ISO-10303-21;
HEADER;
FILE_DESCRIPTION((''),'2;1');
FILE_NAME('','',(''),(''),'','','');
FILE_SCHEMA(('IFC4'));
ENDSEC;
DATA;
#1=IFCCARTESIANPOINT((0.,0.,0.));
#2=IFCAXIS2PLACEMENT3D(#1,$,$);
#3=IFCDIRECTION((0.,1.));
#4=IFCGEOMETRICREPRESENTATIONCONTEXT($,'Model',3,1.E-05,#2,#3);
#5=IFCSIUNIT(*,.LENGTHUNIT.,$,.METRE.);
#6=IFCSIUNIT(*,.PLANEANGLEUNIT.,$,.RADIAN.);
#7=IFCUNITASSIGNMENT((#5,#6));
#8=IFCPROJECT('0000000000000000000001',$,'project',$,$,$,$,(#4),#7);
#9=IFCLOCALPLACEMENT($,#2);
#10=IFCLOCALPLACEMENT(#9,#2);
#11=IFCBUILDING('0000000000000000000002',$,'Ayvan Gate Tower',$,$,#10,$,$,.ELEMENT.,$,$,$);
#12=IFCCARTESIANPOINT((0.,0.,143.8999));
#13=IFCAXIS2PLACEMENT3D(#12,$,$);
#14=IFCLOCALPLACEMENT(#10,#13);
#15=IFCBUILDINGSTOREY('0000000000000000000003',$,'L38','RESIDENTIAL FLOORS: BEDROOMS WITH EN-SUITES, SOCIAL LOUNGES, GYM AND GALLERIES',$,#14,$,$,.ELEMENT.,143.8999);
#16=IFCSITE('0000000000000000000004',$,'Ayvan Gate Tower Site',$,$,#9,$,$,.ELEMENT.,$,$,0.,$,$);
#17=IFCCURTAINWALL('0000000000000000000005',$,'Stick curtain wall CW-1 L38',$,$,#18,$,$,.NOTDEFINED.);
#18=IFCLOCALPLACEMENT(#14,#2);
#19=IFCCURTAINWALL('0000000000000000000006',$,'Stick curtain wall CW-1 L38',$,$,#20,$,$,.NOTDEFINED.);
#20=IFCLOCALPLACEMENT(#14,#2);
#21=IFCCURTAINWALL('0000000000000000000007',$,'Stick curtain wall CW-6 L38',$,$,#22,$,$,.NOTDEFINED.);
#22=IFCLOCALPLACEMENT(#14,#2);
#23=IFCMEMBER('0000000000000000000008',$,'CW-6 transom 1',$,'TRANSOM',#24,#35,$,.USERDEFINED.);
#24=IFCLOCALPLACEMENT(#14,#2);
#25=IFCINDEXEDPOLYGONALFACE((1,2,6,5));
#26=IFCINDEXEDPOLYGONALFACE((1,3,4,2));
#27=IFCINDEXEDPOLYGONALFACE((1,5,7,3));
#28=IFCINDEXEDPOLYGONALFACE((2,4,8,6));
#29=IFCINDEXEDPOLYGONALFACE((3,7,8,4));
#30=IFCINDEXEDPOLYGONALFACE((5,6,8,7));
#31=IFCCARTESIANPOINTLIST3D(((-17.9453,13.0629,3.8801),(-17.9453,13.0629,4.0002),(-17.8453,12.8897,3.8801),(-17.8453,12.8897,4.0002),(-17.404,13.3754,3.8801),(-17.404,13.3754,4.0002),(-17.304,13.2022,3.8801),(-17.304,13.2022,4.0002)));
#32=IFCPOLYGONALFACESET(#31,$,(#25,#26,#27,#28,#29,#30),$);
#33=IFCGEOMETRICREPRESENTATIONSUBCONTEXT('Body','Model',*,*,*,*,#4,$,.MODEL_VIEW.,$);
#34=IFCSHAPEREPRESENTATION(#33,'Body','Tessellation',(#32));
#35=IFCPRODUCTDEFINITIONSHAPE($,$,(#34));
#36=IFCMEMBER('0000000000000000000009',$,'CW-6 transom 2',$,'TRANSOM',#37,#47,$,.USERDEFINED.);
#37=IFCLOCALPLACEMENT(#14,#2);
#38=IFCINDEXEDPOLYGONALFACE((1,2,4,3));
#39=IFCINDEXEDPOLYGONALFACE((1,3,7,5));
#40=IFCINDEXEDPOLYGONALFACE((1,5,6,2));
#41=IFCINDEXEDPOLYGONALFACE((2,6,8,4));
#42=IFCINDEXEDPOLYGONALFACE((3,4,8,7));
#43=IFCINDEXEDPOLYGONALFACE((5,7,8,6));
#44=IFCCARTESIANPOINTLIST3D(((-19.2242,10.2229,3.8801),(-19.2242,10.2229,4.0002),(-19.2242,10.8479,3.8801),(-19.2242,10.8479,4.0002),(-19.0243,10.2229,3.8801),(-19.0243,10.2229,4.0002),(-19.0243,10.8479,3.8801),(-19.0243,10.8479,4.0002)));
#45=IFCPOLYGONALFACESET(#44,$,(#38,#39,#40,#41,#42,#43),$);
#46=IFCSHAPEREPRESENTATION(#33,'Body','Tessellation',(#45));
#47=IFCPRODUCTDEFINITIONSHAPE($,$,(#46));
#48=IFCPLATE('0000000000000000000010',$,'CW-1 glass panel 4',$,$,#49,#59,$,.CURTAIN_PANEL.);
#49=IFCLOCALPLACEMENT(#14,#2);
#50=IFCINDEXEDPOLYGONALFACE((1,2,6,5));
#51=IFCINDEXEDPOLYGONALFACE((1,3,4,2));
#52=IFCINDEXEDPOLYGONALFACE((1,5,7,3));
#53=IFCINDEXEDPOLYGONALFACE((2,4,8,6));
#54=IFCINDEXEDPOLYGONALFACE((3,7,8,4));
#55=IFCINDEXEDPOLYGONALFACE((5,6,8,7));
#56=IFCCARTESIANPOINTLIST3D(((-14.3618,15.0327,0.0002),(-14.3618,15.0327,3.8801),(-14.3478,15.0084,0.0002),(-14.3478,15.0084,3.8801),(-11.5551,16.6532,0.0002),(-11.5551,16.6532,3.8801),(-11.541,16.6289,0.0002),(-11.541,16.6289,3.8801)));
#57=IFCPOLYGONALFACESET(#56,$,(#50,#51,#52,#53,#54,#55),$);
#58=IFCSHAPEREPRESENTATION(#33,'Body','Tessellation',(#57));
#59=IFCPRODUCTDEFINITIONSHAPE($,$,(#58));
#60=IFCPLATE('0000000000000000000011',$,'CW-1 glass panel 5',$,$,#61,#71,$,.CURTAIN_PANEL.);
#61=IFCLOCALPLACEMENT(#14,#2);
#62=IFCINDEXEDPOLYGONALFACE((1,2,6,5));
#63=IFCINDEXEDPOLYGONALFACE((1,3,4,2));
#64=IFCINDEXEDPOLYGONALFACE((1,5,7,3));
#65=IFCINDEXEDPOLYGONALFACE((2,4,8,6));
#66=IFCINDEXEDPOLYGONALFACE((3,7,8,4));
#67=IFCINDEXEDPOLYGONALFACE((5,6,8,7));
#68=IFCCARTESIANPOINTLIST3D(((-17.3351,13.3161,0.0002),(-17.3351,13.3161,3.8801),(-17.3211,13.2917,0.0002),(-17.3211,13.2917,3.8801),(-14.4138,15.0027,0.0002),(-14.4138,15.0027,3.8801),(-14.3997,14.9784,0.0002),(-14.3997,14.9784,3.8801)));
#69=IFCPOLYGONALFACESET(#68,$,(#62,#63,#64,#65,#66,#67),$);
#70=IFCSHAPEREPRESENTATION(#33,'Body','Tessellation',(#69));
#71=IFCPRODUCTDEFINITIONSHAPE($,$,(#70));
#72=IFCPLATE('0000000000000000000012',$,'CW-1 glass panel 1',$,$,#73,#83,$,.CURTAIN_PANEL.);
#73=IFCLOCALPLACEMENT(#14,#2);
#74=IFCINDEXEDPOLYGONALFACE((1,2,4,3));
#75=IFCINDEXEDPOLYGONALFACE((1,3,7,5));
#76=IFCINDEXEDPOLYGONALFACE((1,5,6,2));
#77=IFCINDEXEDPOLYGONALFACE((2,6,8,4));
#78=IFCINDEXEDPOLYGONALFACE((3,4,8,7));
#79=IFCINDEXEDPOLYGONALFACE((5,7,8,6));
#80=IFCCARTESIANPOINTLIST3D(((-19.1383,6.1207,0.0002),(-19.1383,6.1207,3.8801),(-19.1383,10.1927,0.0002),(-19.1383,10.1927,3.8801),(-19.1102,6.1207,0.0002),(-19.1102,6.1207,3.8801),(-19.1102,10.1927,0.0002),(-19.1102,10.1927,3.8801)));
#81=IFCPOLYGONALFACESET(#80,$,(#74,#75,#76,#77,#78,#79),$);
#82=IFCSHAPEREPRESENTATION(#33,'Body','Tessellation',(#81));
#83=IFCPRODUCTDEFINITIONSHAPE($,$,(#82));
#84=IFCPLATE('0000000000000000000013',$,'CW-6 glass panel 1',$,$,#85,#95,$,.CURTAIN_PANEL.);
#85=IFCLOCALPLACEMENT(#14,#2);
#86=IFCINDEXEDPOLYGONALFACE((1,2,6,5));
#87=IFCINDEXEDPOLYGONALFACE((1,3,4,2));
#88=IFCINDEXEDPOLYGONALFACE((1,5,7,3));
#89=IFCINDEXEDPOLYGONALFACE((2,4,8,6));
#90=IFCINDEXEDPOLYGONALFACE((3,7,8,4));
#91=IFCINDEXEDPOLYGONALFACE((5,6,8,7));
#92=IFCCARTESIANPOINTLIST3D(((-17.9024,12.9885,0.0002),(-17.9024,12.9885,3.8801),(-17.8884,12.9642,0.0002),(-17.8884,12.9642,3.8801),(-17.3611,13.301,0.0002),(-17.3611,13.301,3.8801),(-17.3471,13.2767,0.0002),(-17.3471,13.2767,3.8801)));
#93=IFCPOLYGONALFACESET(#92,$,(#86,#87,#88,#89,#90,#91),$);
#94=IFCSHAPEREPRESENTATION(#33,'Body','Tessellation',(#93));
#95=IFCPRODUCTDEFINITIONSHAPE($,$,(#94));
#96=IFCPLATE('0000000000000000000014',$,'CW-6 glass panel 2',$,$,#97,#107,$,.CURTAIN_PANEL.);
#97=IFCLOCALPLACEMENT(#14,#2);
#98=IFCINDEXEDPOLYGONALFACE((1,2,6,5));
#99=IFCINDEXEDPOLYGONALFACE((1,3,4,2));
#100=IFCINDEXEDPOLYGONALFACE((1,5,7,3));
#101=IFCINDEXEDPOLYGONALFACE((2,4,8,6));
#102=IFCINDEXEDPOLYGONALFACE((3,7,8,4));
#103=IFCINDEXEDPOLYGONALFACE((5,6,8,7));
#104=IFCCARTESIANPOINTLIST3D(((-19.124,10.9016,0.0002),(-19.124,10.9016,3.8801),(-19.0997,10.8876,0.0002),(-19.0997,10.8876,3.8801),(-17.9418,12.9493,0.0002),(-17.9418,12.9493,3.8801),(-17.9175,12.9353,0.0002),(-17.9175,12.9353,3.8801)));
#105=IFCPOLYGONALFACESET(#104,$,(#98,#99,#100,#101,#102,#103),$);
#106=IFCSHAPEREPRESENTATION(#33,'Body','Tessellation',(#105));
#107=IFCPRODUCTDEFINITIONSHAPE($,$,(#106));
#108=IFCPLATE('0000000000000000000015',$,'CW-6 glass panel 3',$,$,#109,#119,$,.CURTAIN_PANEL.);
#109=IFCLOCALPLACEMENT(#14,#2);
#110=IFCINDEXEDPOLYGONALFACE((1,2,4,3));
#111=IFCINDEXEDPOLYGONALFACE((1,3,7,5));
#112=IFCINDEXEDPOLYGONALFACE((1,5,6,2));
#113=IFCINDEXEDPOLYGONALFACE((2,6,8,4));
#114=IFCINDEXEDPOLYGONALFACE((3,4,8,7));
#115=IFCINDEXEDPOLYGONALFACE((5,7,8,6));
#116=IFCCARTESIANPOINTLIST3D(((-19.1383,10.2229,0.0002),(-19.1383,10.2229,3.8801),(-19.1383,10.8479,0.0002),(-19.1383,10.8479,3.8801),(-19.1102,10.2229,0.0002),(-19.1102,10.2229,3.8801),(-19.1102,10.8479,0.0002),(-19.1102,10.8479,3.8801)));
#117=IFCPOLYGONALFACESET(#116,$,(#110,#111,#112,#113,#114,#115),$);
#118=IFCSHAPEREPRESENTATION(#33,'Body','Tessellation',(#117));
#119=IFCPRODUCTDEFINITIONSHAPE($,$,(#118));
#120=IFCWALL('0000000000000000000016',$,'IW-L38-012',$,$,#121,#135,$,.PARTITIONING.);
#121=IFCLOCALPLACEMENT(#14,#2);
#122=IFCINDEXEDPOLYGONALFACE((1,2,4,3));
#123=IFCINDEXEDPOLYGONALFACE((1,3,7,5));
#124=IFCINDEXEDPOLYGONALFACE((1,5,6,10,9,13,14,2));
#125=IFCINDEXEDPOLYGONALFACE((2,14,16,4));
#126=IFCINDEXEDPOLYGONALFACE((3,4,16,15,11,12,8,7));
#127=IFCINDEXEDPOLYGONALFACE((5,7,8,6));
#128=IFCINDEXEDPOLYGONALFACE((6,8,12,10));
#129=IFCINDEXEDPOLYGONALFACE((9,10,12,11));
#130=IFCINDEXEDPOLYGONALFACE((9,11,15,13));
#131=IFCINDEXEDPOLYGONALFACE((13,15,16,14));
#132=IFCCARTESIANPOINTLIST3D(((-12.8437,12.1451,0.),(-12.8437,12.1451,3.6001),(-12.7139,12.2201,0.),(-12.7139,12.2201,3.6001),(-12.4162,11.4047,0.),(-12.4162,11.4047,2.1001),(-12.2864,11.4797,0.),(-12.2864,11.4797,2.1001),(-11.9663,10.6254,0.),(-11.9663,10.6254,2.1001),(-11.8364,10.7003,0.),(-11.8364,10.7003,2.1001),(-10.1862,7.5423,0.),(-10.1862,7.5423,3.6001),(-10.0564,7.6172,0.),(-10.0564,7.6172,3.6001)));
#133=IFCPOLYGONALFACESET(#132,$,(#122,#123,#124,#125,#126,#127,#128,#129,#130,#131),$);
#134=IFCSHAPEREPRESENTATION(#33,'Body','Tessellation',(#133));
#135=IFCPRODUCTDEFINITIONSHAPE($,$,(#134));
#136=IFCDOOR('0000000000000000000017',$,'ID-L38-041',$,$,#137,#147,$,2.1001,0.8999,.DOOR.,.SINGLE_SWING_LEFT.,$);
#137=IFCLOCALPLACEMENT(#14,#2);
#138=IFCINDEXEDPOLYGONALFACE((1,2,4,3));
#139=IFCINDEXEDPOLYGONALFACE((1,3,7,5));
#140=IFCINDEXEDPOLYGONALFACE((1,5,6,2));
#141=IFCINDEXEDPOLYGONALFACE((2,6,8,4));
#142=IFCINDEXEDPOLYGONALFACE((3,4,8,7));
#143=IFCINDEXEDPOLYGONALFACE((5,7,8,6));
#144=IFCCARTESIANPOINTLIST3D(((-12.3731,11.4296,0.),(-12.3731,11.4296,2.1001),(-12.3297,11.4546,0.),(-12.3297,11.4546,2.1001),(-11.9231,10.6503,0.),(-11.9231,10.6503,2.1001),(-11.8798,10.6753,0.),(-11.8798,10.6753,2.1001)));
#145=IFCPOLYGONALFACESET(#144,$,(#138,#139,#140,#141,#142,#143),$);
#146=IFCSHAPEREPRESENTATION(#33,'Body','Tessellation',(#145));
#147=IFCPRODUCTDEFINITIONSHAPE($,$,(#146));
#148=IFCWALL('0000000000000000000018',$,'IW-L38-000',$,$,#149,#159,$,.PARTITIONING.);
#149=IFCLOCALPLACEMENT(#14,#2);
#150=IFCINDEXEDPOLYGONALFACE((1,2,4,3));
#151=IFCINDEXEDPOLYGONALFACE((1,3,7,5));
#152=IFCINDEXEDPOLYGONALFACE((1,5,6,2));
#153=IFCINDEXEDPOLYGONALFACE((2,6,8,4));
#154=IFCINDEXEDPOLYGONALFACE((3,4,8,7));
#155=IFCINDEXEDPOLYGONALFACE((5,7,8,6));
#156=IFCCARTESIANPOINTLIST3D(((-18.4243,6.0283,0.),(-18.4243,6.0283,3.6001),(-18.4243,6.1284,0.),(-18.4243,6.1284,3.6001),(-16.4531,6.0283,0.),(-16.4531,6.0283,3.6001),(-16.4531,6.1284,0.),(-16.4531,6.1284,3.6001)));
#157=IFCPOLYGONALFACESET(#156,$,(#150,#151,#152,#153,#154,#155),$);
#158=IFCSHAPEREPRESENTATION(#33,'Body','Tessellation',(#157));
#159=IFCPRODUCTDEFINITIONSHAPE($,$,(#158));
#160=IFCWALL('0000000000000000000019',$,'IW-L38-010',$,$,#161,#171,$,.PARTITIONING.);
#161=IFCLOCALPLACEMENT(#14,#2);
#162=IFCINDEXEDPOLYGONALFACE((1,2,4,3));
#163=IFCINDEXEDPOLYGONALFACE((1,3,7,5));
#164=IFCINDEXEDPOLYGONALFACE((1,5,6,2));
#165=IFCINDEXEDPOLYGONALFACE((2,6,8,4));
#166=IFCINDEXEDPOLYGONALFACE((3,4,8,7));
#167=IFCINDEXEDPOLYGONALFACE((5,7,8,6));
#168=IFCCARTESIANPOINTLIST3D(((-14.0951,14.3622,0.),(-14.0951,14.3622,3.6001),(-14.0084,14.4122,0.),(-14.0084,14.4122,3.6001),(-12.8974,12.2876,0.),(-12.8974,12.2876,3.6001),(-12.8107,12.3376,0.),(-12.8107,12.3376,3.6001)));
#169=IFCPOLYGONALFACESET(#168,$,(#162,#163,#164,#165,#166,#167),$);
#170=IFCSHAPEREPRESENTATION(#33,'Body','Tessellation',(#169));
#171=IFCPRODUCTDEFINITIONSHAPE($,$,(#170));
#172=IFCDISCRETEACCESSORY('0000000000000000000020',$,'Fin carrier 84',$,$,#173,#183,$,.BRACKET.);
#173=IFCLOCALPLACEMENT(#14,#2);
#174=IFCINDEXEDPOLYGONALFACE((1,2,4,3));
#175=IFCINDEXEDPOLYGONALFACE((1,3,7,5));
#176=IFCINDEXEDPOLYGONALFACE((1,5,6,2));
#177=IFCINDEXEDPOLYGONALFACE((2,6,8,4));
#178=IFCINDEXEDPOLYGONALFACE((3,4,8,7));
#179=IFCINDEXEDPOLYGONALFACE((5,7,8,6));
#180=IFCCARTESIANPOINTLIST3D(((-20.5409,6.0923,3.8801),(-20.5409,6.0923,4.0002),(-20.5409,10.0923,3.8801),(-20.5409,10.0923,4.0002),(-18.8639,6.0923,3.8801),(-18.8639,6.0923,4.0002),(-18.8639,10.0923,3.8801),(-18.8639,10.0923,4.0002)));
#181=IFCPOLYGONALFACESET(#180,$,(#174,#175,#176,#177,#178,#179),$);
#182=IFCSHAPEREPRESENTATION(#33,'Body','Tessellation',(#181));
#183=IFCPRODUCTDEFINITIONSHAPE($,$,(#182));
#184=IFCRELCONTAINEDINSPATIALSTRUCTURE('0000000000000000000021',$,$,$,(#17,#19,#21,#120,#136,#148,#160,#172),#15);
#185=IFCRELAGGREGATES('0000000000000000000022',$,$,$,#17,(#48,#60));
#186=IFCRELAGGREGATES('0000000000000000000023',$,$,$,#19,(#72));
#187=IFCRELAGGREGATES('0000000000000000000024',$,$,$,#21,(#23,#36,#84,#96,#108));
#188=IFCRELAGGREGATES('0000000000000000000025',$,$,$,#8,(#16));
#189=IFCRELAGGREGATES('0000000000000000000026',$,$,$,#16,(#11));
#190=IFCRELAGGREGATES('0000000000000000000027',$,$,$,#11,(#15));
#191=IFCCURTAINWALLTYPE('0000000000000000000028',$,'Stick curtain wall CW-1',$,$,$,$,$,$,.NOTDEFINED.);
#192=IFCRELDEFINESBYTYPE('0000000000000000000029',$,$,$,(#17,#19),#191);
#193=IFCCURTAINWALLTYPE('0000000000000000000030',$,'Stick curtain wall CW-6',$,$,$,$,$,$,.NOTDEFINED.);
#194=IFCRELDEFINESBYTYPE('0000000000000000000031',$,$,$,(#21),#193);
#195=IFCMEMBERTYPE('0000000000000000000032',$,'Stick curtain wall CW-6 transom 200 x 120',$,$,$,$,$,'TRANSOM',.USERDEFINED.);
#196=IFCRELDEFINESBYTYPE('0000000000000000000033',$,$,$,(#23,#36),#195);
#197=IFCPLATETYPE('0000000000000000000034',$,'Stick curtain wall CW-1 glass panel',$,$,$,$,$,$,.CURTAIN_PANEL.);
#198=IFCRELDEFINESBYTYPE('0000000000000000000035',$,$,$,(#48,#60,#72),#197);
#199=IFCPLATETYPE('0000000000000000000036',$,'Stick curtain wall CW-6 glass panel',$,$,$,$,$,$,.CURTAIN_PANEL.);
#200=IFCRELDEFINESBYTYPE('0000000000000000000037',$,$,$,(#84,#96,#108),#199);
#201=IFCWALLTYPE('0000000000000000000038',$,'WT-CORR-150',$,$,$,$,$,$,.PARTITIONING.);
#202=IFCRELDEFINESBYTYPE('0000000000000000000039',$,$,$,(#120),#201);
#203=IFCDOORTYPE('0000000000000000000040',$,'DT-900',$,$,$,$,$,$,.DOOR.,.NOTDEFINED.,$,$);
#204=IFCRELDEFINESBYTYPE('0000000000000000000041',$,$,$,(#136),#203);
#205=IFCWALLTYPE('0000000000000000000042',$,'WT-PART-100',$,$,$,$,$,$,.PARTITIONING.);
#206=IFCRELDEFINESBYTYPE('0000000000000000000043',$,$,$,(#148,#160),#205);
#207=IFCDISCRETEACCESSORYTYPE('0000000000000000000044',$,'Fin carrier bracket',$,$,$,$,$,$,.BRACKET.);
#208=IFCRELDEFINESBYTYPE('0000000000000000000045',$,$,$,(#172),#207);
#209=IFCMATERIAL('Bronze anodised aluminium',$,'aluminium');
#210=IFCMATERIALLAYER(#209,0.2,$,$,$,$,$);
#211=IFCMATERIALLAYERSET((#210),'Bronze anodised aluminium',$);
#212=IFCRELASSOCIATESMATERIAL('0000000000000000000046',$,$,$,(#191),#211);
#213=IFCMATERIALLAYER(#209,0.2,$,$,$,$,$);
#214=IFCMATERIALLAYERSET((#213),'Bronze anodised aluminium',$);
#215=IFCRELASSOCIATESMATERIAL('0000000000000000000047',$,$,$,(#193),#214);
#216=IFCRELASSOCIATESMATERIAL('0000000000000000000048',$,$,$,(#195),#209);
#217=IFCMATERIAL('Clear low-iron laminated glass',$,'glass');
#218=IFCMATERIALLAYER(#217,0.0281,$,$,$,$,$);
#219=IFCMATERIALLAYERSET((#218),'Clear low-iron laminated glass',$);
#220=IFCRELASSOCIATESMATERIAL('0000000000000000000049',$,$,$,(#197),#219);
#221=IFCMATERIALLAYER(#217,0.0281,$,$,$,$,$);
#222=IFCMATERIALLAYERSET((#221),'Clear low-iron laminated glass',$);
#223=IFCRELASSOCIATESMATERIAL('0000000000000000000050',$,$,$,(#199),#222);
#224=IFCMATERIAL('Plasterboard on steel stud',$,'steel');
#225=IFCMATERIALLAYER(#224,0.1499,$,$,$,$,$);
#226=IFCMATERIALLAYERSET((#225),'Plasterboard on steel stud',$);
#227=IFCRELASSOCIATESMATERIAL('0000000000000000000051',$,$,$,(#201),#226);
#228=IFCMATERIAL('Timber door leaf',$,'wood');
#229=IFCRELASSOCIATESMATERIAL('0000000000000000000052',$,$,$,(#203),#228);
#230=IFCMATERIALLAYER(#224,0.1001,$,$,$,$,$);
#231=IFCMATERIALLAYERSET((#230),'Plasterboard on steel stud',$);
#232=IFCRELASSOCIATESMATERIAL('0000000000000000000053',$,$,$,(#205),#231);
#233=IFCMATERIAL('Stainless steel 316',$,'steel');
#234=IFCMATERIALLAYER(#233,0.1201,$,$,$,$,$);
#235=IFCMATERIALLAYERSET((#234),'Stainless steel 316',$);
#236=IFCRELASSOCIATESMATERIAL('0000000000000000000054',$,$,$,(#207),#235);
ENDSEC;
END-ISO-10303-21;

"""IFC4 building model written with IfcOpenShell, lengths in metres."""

from ifc_helpers import new_model, si_unit, direction, frame, frame_2d, origin, origin_2d, place, context, subcontext, project, spatial, rectangle, extrude, material, layer, layer_set, material_profile, profile_set, type_object, element, fill, aggregate, save


model = new_model("IFC4")

# Units and contexts
model_context = context("Model", 3, precision=1e-05, world=origin(), true_north=direction((0.0, 1.0)))
body_context = subcontext(model_context, "Body", "Model", "MODEL_VIEW")
ifc_project = project(units=[si_unit("LENGTHUNIT", "METRE"), si_unit("PLANEANGLEUNIT", "RADIAN")], contexts=[model_context])

# Site, building, storey
site_placement = place(None, origin())
site = spatial("IfcSite", under=ifc_project, at=site_placement, Name="Ayvan Gate Tower Site", CompositionType="ELEMENT", RefElevation=0.0)
building_placement = place(site_placement, origin())
building = spatial("IfcBuilding", under=site, at=building_placement, Name="Ayvan Gate Tower", CompositionType="ELEMENT")
storey_placement = place(building_placement, frame((0.0, 0.0, 143.8999)))
storey = spatial("IfcBuildingStorey", under=building, at=storey_placement, Name="L38", Description="RESIDENTIAL FLOORS: BEDROOMS WITH EN-SUITES, SOCIAL LOUNGES, GYM AND GALLERIES", CompositionType="ELEMENT", Elevation=143.8999)

# Curtain walls, members
ifc_material_1 = material(Name="Bronze anodised aluminium", Category="aluminium")
ifc_layer_1 = layer(ifc_material_1, 0.2)
ifc_layer_set_1 = layer_set([ifc_layer_1], Name="Bronze anodised aluminium")
curtain_wall_type_1 = type_object("IfcCurtainWallType", Name="Stick curtain wall CW-1", PredefinedType="NOTDEFINED", material=ifc_layer_set_1)
curtain_wall_1_placement = place(storey_placement, origin())
curtain_wall_1 = element("IfcCurtainWall", 1, at=curtain_wall_1_placement, inside=storey, type_object=curtain_wall_type_1, Name="Stick curtain wall CW-1 L38", PredefinedType="NOTDEFINED")
curtain_wall_2_placement = place(storey_placement, origin())
curtain_wall_2 = element("IfcCurtainWall", 2, at=curtain_wall_2_placement, inside=storey, type_object=curtain_wall_type_1, Name="Stick curtain wall CW-1 L38", PredefinedType="NOTDEFINED")
ifc_layer_2 = layer(ifc_material_1, 0.2)
ifc_layer_set_2 = layer_set([ifc_layer_2], Name="Bronze anodised aluminium")
curtain_wall_type_2 = type_object("IfcCurtainWallType", Name="Stick curtain wall CW-6", PredefinedType="NOTDEFINED", material=ifc_layer_set_2)
curtain_wall_3_placement = place(storey_placement, origin())
curtain_wall_3 = element("IfcCurtainWall", 3, at=curtain_wall_3_placement, inside=storey, type_object=curtain_wall_type_2, Name="Stick curtain wall CW-6 L38", PredefinedType="NOTDEFINED")
ifc_material_profile_1 = material_profile(ifc_material_1, rectangle(XDim=0.2, YDim=0.1201, at=origin_2d()), Name="Stick curtain wall CW-6 transom 200 x 120")
ifc_profile_set_1 = profile_set([ifc_material_profile_1], Name="Bronze anodised aluminium")
member_type_1 = type_object("IfcMemberType", Name="Stick curtain wall CW-6 transom 200 x 120", ElementType="TRANSOM", PredefinedType="USERDEFINED", material=ifc_profile_set_1)
member_1_placement = place(storey_placement, frame((-17.354, 13.2888, 3.9402), z_axis=(-0.866023, -0.500004, 0.0), x_axis=(0.500004, -0.866023, 0.0)))
member_1 = element("IfcMember", 4, at=member_1_placement, type_object=member_type_1, Name="CW-6 transom 1", ObjectType="TRANSOM", PredefinedType="USERDEFINED", context=body_context, shape_type="SweptSolid", body=[
    extrude(rectangle(XDim=0.2, YDim=0.1201, at=origin_2d()), origin(), (0.0, 0.0, 1.0), 0.625),
])
member_2_placement = place(storey_placement, frame((-19.1243, 10.8479, 3.9402), z_axis=(0.0, -1.0, 0.0), x_axis=(1.0, 0.0, 0.0)))
member_2 = element("IfcMember", 5, at=member_2_placement, type_object=member_type_1, Name="CW-6 transom 2", ObjectType="TRANSOM", PredefinedType="USERDEFINED", context=body_context, shape_type="SweptSolid", body=[
    extrude(rectangle(XDim=0.2, YDim=0.1201, at=origin_2d()), origin(), (0.0, 0.0, 1.0), 0.625),
])

# Plates
ifc_material_2 = material(Name="Clear low-iron laminated glass", Category="glass")
ifc_layer_3 = layer(ifc_material_2, 0.0281)
ifc_layer_set_3 = layer_set([ifc_layer_3], Name="Clear low-iron laminated glass")
plate_type_1 = type_object("IfcPlateType", Name="Stick curtain wall CW-1 glass panel", PredefinedType="CURTAIN_PANEL", material=ifc_layer_set_3)
plate_1_placement = place(storey_placement, frame((-12.9514, 15.8308, 0.0002), z_axis=(0.0, 0.0, 1.0), x_axis=(-0.866025, -0.5, 0.0)))
plate_1 = element("IfcPlate", 6, at=plate_1_placement, type_object=plate_type_1, Name="CW-1 glass panel 4", PredefinedType="CURTAIN_PANEL", context=body_context, shape_type="SweptSolid", body=[
    extrude(rectangle(XDim=3.241, YDim=0.0281, at=origin_2d()), origin(), (0.0, 0.0, 1.0), 3.8799),
])
plate_2_placement = place(storey_placement, frame((-15.8674, 14.1472, 0.0002), z_axis=(0.0, 0.0, 1.0), x_axis=(-0.866025, -0.5, 0.0)))
plate_2 = element("IfcPlate", 7, at=plate_2_placement, type_object=plate_type_1, Name="CW-1 glass panel 5", PredefinedType="CURTAIN_PANEL", context=body_context, shape_type="SweptSolid", body=[
    extrude(rectangle(XDim=3.3733, YDim=0.0281, at=origin_2d()), origin(), (0.0, 0.0, 1.0), 3.8799),
])
aggregate(curtain_wall_1, [plate_1, plate_2])
plate_3_placement = place(storey_placement, frame((-19.1243, 8.1567, 0.0002), z_axis=(0.0, 0.0, 1.0), x_axis=(0.0, -1.0, 0.0)))
plate_3 = element("IfcPlate", 8, at=plate_3_placement, type_object=plate_type_1, Name="CW-1 glass panel 1", PredefinedType="CURTAIN_PANEL", context=body_context, shape_type="SweptSolid", body=[
    extrude(rectangle(XDim=4.072, YDim=0.0281, at=origin_2d()), origin(), (0.0, 0.0, 1.0), 3.8799),
])
aggregate(curtain_wall_2, [plate_3])
ifc_layer_4 = layer(ifc_material_2, 0.0281)
ifc_layer_set_4 = layer_set([ifc_layer_4], Name="Clear low-iron laminated glass")
plate_type_2 = type_object("IfcPlateType", Name="Stick curtain wall CW-6 glass panel", PredefinedType="CURTAIN_PANEL", material=ifc_layer_set_4)
plate_4_placement = place(storey_placement, frame((-17.6248, 13.1326, 0.0002), z_axis=(0.0, 0.0, 1.0), x_axis=(-0.866025, -0.5, 0.0)))
plate_4 = element("IfcPlate", 9, at=plate_4_placement, type_object=plate_type_2, Name="CW-6 glass panel 1", PredefinedType="CURTAIN_PANEL", context=body_context, shape_type="SweptSolid", body=[
    extrude(rectangle(XDim=0.625, YDim=0.0281, at=origin_2d()), origin(), (0.0, 0.0, 1.0), 3.8799),
])
plate_5_placement = place(storey_placement, frame((-18.5208, 11.9185, 0.0002), z_axis=(0.0, 0.0, 1.0), x_axis=(-0.5, -0.866025, 0.0)))
plate_5 = element("IfcPlate", 10, at=plate_5_placement, type_object=plate_type_2, Name="CW-6 glass panel 2", PredefinedType="CURTAIN_PANEL", context=body_context, shape_type="SweptSolid", body=[
    extrude(rectangle(XDim=2.3645, YDim=0.0281, at=origin_2d()), origin(), (0.0, 0.0, 1.0), 3.8799),
])
plate_6_placement = place(storey_placement, frame((-19.1243, 10.5354, 0.0002), z_axis=(0.0, 0.0, 1.0), x_axis=(0.0, -1.0, 0.0)))
plate_6 = element("IfcPlate", 11, at=plate_6_placement, type_object=plate_type_2, Name="CW-6 glass panel 3", PredefinedType="CURTAIN_PANEL", context=body_context, shape_type="SweptSolid", body=[
    extrude(rectangle(XDim=0.625, YDim=0.0281, at=origin_2d()), origin(), (0.0, 0.0, 1.0), 3.8799),
])
aggregate(curtain_wall_3, [member_1, member_2, plate_4, plate_5, plate_6])

# Wall, opening, door
ifc_material_3 = material(Name="Plasterboard on steel stud", Category="steel")
ifc_layer_5 = layer(ifc_material_3, 0.1499)
ifc_layer_set_5 = layer_set([ifc_layer_5], Name="Plasterboard on steel stud")
wall_type_1 = type_object("IfcWallType", Name="WT-CORR-150", PredefinedType="PARTITIONING", material=ifc_layer_set_5)
wall_1_placement = place(storey_placement, frame((-12.7788, 12.1826, 0.0), z_axis=(0.0, 0.0, 1.0), x_axis=(0.500007, -0.866021, 0.0)))
wall_1 = element("IfcWall", 12, at=wall_1_placement, inside=storey, type_object=wall_type_1, Name="IW-L38-012", PredefinedType="PARTITIONING", context=body_context, shape_type="SweptSolid", body=[
    extrude(rectangle(XDim=5.3149, YDim=0.1499, at=frame_2d((2.6575, 0.0))), origin(), (0.0, 0.0, 1.0), 3.6001),
])
opening_placement = place(wall_1_placement, frame((0.855, 0.0, 0.0)))
opening = element("IfcOpeningElement", 13, at=opening_placement, cuts=wall_1, PredefinedType="OPENING", context=body_context, shape_type="SweptSolid", body=[
    extrude(rectangle(XDim=0.8999, YDim=2.1001, at=frame_2d((0.45, 1.05))), frame((0.0, 0.085, 0.0), z_axis=(0.0, -1.0, 0.0), x_axis=(1.0, 0.0, 0.0)), (0.0, 0.0, 1.0), 0.1699),
])
ifc_material_4 = material(Name="Timber door leaf", Category="wood")
door_type = type_object("IfcDoorType", Name="DT-900", OperationType="NOTDEFINED", PredefinedType="DOOR", material=ifc_material_4)
door_placement = place(opening_placement, origin())
door = element("IfcDoor", 14, at=door_placement, inside=storey, type_object=door_type, Name="ID-L38-041", OperationType="SINGLE_SWING_LEFT", OverallHeight=2.1001, OverallWidth=0.8999, PredefinedType="DOOR", context=body_context, shape_type="SweptSolid", body=[
    extrude(rectangle(XDim=0.8999, YDim=2.1001, at=frame_2d((0.45, 1.05))), frame((0.0, 0.0249, 0.0), z_axis=(0.0, -1.0, 0.0), x_axis=(1.0, 0.0, 0.0)), (0.0, 0.0, 1.0), 0.05),
])
fill(opening, door)

# Walls
ifc_layer_6 = layer(ifc_material_3, 0.1001)
ifc_layer_set_6 = layer_set([ifc_layer_6], Name="Plasterboard on steel stud")
wall_type_2 = type_object("IfcWallType", Name="WT-PART-100", PredefinedType="PARTITIONING", material=ifc_layer_set_6)
wall_2_placement = place(storey_placement, frame((-16.4531, 6.0784, 0.0), z_axis=(0.0, 0.0, 1.0), x_axis=(-1.0, 0.0, 0.0)))
element("IfcWall", 15, at=wall_2_placement, inside=storey, type_object=wall_type_2, Name="IW-L38-000", PredefinedType="PARTITIONING", context=body_context, shape_type="SweptSolid", body=[
    extrude(rectangle(XDim=1.9712, YDim=0.1001, at=frame_2d((0.9856, 0.0))), origin(), (0.0, 0.0, 1.0), 3.6001),
])
wall_3_placement = place(storey_placement, frame((-14.0518, 14.3872, 0.0), z_axis=(0.0, 0.0, 1.0), x_axis=(0.499975, -0.86604, 0.0)))
element("IfcWall", 16, at=wall_3_placement, inside=storey, type_object=wall_type_2, Name="IW-L38-010", PredefinedType="PARTITIONING", context=body_context, shape_type="SweptSolid", body=[
    extrude(rectangle(XDim=2.3955, YDim=0.1001, at=frame_2d((1.1978, 0.0))), origin(), (0.0, 0.0, 1.0), 3.6001),
])

# Discrete accessory
ifc_material_5 = material(Name="Stainless steel 316", Category="steel")
ifc_layer_7 = layer(ifc_material_5, 0.1201)
ifc_layer_set_7 = layer_set([ifc_layer_7], Name="Stainless steel 316")
discrete_accessory_type = type_object("IfcDiscreteAccessoryType", Name="Fin carrier bracket", PredefinedType="BRACKET", material=ifc_layer_set_7)
discrete_accessory_1_placement = place(storey_placement, frame((-19.7024, 8.0923, 3.8801), z_axis=(0.0, 0.0, 1.0), x_axis=(0.0, -1.0, 0.0)))
element("IfcDiscreteAccessory", 17, at=discrete_accessory_1_placement, inside=storey, type_object=discrete_accessory_type, Name="Fin carrier 84", PredefinedType="BRACKET", context=body_context, shape_type="SweptSolid", body=[
    extrude(rectangle(XDim=4.0, YDim=1.677, at=origin_2d()), origin(), (0.0, 0.0, 1.0), 0.1201),
])

save(model, "model.ifc")
